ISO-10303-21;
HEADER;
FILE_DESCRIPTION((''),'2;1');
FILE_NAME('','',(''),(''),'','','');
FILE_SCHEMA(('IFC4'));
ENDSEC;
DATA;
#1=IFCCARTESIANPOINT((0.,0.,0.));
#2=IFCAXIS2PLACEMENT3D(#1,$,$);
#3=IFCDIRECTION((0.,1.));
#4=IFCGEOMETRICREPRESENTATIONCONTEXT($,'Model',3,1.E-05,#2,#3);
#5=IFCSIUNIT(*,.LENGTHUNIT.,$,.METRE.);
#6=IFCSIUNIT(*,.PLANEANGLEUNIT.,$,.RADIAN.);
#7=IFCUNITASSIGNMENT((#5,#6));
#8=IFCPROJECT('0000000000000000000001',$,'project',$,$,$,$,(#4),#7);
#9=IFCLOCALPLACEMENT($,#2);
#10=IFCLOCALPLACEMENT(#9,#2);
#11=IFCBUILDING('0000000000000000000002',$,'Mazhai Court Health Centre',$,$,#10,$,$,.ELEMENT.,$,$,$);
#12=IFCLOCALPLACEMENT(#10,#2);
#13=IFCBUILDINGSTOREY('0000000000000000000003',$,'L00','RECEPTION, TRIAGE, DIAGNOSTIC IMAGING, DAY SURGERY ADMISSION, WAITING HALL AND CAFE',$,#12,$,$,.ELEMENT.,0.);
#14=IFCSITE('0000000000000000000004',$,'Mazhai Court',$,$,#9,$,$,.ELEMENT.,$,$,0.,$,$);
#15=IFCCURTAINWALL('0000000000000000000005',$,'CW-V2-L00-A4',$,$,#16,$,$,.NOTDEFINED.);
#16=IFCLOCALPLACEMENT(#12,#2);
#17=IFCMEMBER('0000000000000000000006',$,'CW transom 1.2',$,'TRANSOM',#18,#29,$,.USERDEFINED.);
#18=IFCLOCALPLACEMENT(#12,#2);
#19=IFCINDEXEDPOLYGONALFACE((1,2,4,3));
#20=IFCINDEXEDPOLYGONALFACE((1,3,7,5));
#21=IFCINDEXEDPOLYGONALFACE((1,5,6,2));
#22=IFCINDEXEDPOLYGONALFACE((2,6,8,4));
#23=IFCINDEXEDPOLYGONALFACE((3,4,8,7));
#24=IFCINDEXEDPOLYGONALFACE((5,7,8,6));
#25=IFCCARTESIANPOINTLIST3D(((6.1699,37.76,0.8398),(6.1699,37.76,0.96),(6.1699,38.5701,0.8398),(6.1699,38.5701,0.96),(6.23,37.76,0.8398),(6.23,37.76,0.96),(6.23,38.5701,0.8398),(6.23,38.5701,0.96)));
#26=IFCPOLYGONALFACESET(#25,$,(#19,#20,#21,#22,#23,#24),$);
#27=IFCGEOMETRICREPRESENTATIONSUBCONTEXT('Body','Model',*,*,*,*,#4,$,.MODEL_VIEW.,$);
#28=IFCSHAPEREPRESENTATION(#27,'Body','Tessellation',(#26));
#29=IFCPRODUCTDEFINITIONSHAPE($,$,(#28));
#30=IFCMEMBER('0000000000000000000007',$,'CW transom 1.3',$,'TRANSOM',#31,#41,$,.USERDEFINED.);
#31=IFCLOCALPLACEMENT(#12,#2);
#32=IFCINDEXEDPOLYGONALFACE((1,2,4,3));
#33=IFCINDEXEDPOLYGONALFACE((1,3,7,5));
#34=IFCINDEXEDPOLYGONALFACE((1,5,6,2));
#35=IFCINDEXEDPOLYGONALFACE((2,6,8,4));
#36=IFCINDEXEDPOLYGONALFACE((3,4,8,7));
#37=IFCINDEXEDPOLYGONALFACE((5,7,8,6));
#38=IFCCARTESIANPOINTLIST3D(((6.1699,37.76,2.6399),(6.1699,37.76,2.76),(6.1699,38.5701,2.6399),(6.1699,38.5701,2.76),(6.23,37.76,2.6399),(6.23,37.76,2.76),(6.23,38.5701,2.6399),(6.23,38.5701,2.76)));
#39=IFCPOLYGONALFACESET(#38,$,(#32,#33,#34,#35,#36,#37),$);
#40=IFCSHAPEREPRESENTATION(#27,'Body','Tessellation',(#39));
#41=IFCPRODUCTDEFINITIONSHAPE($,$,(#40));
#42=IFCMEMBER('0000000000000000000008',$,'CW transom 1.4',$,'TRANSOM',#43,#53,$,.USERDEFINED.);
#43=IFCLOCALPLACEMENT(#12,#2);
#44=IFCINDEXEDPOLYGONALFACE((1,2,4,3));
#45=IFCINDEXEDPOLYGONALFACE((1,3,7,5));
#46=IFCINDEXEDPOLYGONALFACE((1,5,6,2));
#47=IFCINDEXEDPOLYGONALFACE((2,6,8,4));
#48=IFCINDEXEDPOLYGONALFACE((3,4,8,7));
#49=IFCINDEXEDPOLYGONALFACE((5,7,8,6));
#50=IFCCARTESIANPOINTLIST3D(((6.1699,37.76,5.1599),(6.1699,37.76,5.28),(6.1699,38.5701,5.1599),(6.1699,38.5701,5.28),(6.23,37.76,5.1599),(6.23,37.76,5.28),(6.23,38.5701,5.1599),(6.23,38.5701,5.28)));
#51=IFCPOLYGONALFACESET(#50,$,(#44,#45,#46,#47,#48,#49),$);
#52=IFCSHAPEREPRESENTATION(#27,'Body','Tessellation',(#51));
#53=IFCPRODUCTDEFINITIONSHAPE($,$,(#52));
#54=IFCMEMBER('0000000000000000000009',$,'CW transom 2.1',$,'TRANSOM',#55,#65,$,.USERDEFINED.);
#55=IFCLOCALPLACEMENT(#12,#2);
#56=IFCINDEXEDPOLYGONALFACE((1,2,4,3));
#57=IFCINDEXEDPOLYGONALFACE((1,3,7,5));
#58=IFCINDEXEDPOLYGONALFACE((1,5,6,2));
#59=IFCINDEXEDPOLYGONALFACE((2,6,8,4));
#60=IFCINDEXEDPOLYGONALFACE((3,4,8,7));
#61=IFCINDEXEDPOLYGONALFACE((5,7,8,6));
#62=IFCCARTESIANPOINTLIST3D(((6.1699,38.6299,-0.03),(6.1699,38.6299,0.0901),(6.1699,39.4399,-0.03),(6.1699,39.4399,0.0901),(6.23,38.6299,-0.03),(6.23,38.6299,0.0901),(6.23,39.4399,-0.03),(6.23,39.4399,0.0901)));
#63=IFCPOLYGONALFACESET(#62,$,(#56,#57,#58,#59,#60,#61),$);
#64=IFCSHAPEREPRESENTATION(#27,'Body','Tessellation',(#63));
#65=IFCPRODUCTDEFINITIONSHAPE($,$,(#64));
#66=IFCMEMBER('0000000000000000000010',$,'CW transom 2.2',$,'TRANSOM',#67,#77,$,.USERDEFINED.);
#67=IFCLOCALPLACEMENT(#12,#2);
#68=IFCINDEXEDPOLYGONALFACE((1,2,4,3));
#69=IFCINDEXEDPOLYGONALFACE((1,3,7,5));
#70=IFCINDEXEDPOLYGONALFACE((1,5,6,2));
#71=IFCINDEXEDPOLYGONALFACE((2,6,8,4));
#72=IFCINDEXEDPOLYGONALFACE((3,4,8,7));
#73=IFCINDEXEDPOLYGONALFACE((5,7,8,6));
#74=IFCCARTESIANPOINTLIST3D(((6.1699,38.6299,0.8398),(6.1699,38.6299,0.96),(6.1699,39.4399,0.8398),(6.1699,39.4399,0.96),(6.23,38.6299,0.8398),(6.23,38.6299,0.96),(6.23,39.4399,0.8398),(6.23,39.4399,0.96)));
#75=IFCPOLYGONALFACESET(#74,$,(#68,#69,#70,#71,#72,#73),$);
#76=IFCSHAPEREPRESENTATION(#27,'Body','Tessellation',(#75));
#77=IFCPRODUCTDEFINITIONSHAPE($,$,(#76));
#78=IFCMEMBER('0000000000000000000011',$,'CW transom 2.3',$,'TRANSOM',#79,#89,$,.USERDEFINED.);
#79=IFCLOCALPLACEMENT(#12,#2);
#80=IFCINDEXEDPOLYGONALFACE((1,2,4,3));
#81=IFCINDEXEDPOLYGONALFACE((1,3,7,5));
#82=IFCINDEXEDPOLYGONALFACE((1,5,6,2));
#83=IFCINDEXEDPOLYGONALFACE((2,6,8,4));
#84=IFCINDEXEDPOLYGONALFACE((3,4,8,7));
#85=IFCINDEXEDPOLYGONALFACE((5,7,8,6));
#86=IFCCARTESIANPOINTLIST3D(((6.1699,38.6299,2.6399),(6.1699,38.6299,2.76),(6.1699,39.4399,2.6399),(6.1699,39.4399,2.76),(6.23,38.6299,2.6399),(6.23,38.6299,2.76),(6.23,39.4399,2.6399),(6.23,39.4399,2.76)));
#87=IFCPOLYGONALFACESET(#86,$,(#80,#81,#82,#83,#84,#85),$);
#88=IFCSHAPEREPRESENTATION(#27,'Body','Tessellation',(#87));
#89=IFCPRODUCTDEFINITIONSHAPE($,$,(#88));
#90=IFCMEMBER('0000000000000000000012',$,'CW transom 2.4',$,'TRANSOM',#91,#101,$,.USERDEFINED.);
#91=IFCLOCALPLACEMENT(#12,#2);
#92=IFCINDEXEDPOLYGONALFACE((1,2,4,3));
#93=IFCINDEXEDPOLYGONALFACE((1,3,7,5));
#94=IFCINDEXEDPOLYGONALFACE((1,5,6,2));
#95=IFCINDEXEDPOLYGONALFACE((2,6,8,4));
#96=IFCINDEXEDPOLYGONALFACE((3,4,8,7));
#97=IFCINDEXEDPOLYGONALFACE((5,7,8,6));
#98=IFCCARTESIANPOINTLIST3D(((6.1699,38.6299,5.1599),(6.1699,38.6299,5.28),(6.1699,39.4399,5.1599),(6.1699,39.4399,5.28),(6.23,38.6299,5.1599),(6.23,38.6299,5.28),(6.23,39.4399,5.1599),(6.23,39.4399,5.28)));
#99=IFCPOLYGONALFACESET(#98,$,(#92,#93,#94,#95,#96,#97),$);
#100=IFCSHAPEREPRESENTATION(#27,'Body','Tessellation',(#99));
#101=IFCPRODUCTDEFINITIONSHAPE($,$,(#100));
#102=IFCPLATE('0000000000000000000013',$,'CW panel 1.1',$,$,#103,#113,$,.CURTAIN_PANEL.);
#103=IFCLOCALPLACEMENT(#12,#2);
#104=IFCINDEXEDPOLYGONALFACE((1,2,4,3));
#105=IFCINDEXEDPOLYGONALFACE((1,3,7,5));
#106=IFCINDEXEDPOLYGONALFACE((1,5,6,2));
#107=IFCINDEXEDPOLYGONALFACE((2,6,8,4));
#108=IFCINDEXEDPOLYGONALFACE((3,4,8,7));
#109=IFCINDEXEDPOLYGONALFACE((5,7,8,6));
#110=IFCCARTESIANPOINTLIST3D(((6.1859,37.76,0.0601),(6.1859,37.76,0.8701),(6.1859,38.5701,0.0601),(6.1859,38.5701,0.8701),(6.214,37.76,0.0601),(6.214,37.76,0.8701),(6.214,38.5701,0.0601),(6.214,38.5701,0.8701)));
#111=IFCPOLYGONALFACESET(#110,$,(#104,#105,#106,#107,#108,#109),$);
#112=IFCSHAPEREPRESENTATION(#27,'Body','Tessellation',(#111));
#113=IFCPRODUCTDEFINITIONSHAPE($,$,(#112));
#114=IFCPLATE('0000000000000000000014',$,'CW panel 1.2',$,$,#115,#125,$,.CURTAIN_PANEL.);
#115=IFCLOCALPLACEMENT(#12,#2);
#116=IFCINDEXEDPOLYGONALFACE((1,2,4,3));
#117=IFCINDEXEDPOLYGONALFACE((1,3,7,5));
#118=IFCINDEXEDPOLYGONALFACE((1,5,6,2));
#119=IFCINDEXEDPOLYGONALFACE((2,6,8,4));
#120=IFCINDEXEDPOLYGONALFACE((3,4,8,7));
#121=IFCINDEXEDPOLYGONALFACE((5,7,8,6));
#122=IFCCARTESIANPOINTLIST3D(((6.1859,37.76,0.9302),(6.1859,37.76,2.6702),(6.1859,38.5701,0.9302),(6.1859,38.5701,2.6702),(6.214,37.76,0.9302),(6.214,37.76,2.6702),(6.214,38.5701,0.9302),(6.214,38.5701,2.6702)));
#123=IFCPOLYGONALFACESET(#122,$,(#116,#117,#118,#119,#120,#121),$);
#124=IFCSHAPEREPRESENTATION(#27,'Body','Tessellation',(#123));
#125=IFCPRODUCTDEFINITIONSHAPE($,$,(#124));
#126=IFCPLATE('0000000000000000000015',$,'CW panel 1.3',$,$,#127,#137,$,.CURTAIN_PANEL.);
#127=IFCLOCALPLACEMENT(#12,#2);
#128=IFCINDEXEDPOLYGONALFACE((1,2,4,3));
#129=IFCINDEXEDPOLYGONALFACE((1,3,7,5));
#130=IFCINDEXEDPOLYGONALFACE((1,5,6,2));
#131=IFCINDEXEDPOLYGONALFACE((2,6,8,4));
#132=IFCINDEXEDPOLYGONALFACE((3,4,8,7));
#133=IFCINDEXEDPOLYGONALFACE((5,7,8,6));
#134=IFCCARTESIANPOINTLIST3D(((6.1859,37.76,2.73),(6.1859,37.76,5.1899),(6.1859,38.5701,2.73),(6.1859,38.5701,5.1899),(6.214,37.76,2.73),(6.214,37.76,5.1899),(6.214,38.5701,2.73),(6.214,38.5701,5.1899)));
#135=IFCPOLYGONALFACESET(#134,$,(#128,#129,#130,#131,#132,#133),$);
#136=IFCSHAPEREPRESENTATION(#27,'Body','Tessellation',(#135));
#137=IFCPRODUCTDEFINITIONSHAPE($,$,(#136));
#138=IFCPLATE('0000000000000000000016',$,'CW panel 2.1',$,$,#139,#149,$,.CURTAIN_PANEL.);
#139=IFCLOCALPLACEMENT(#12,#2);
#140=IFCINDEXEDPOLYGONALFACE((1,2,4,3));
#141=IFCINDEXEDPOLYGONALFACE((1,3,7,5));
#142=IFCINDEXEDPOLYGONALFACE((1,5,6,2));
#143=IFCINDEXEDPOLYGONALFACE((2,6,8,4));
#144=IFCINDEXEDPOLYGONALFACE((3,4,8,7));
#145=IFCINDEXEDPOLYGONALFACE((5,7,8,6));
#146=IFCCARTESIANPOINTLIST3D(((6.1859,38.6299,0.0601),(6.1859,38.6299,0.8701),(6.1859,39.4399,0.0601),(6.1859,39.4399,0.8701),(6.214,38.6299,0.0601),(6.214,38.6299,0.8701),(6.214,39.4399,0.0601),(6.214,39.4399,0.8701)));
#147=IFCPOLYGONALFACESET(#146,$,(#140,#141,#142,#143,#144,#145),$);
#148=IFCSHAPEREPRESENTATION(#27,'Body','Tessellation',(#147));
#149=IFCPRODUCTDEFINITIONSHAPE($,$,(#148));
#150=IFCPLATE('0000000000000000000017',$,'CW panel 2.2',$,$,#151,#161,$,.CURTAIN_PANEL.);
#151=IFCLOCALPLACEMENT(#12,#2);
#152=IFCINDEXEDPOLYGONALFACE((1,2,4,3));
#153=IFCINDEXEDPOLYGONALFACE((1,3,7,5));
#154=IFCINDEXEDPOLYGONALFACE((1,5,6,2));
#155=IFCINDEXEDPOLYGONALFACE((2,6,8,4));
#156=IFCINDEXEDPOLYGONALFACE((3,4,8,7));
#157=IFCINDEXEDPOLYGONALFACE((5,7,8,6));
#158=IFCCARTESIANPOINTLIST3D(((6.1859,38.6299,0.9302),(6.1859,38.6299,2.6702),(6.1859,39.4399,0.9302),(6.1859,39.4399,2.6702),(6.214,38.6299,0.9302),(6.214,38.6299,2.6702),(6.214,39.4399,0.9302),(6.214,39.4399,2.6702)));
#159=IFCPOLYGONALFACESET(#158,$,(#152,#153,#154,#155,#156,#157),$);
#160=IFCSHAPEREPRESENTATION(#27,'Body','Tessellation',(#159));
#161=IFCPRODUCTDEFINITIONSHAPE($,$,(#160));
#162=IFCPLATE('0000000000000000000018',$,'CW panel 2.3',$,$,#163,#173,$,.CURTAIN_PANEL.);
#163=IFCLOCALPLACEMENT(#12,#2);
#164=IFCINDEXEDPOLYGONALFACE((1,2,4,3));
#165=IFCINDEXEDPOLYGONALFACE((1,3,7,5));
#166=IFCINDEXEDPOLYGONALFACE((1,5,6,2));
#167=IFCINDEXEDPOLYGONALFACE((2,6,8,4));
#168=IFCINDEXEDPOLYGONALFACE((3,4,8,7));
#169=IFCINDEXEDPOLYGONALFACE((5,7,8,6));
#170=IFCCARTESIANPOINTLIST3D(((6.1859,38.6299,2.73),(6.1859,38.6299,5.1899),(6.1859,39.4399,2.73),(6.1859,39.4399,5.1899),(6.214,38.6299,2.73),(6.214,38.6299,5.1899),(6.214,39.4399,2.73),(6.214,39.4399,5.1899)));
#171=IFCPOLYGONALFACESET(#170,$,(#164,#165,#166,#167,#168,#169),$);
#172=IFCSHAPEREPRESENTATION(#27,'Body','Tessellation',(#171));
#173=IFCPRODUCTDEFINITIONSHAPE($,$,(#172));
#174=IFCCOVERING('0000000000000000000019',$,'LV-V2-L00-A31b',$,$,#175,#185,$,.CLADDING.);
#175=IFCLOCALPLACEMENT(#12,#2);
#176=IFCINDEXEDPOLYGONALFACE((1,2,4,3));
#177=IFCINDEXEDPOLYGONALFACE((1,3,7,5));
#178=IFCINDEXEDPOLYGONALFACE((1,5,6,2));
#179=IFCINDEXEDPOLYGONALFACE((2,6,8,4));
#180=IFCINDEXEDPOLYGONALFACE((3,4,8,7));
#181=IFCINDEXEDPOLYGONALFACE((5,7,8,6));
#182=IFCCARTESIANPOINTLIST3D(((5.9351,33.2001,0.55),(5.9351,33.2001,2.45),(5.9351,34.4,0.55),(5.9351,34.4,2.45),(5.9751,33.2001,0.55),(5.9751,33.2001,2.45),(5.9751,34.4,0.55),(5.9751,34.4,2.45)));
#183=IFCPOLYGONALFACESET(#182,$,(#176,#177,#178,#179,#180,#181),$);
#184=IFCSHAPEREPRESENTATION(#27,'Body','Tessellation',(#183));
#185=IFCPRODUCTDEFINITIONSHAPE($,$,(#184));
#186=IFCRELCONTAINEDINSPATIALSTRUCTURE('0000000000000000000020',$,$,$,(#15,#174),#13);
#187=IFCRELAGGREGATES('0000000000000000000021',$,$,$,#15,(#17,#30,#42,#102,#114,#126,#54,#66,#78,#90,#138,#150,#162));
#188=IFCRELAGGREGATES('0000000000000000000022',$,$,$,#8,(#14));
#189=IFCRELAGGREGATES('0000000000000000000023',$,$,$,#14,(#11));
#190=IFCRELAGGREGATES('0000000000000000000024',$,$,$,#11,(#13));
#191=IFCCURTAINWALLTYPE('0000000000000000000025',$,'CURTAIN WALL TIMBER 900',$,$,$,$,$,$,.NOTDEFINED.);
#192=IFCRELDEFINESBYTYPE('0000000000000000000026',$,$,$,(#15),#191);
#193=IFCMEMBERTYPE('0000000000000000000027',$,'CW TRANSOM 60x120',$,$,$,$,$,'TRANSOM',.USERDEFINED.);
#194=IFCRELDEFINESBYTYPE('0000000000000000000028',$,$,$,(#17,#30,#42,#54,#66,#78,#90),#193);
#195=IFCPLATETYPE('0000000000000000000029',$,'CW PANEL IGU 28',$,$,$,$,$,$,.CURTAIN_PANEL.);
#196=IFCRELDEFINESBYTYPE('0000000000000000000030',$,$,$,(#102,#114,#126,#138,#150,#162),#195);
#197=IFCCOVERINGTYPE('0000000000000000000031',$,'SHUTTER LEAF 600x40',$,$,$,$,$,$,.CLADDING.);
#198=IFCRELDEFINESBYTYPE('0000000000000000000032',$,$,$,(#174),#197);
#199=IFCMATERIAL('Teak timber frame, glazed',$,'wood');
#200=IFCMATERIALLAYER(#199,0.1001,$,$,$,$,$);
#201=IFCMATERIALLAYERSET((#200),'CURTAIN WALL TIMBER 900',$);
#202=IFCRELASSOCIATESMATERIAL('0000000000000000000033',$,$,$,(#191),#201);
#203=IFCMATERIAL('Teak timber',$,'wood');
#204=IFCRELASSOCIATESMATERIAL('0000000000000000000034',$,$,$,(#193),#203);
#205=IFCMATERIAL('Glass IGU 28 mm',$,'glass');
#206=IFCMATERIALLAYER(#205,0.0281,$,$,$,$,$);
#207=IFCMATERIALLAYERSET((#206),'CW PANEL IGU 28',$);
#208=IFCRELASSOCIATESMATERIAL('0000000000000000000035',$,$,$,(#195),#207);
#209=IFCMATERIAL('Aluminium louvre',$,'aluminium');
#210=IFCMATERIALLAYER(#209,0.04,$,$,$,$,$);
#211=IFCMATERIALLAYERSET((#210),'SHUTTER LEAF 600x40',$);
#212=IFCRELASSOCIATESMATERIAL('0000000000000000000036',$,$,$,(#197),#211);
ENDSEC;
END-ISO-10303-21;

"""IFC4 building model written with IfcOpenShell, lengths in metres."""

from ifc_helpers import new_model, si_unit, direction, frame, origin, origin_2d, place, context, subcontext, project, spatial, rectangle, extrude, material, layer, layer_set, material_profile, profile_set, type_object, element, aggregate, save


model = new_model("IFC4")

# Units and contexts
model_context = context("Model", 3, precision=1e-05, world=origin(), true_north=direction((0.0, 1.0)))
body_context = subcontext(model_context, "Body", "Model", "MODEL_VIEW")
ifc_project = project(units=[si_unit("LENGTHUNIT", "METRE"), si_unit("PLANEANGLEUNIT", "RADIAN")], contexts=[model_context])

# Site, building, storey
site_placement = place(None, origin())
site = spatial("IfcSite", under=ifc_project, at=site_placement, Name="Mazhai Court", CompositionType="ELEMENT", RefElevation=0.0)
building_placement = place(site_placement, origin())
building = spatial("IfcBuilding", under=site, at=building_placement, Name="Mazhai Court Health Centre", CompositionType="ELEMENT")
storey_placement = place(building_placement, origin())
storey = spatial("IfcBuildingStorey", under=building, at=storey_placement, Name="L00", Description="RECEPTION, TRIAGE, DIAGNOSTIC IMAGING, DAY SURGERY ADMISSION, WAITING HALL AND CAFE", CompositionType="ELEMENT", Elevation=0.0)

# Curtain wall, members, plates
ifc_material_1 = material(Name="Teak timber frame, glazed", Category="wood")
ifc_layer_1 = layer(ifc_material_1, 0.1001)
ifc_layer_set_1 = layer_set([ifc_layer_1], Name="CURTAIN WALL TIMBER 900")
curtain_wall_type = type_object("IfcCurtainWallType", Name="CURTAIN WALL TIMBER 900", PredefinedType="NOTDEFINED", material=ifc_layer_set_1)
curtain_wall_placement = place(storey_placement, origin())
curtain_wall = element("IfcCurtainWall", 1, at=curtain_wall_placement, inside=storey, type_object=curtain_wall_type, Name="CW-V2-L00-A4", PredefinedType="NOTDEFINED")
ifc_material_2 = material(Name="Teak timber", Category="wood")
ifc_material_profile = material_profile(ifc_material_2, rectangle(XDim=0.0601, YDim=0.1201, at=origin_2d()), Name="CW TRANSOM 60x120")
ifc_profile_set = profile_set([ifc_material_profile], Name="Teak timber")
member_type = type_object("IfcMemberType", Name="CW TRANSOM 60x120", ElementType="TRANSOM", PredefinedType="USERDEFINED", material=ifc_profile_set)
member_1_placement = place(storey_placement, frame((6.2, 37.76, 0.8999), z_axis=(0.0, 1.0, 0.0), x_axis=(-1.0, 0.0, 0.0)))
member_1 = element("IfcMember", 2, at=member_1_placement, type_object=member_type, Name="CW transom 1.2", ObjectType="TRANSOM", PredefinedType="USERDEFINED", context=body_context, shape_type="SweptSolid", body=[
    extrude(rectangle(XDim=0.0601, YDim=0.1201, at=origin_2d()), origin(), (0.0, 0.0, 1.0), 0.8101),
])
member_2_placement = place(storey_placement, frame((6.2, 37.76, 2.7), z_axis=(0.0, 1.0, 0.0), x_axis=(-1.0, 0.0, 0.0)))
member_2 = element("IfcMember", 3, at=member_2_placement, type_object=member_type, Name="CW transom 1.3", ObjectType="TRANSOM", PredefinedType="USERDEFINED", context=body_context, shape_type="SweptSolid", body=[
    extrude(rectangle(XDim=0.0601, YDim=0.1201, at=origin_2d()), origin(), (0.0, 0.0, 1.0), 0.8101),
])
member_3_placement = place(storey_placement, frame((6.2, 37.76, 5.22), z_axis=(0.0, 1.0, 0.0), x_axis=(-1.0, 0.0, 0.0)))
member_3 = element("IfcMember", 4, at=member_3_placement, type_object=member_type, Name="CW transom 1.4", ObjectType="TRANSOM", PredefinedType="USERDEFINED", context=body_context, shape_type="SweptSolid", body=[
    extrude(rectangle(XDim=0.0601, YDim=0.1201, at=origin_2d()), origin(), (0.0, 0.0, 1.0), 0.8101),
])
member_4_placement = place(storey_placement, frame((6.2, 38.6299, 0.03), z_axis=(0.0, 1.0, 0.0), x_axis=(-1.0, 0.0, 0.0)))
member_4 = element("IfcMember", 5, at=member_4_placement, type_object=member_type, Name="CW transom 2.1", ObjectType="TRANSOM", PredefinedType="USERDEFINED", context=body_context, shape_type="SweptSolid", body=[
    extrude(rectangle(XDim=0.0601, YDim=0.1201, at=origin_2d()), origin(), (0.0, 0.0, 1.0), 0.8101),
])
member_5_placement = place(storey_placement, frame((6.2, 38.6299, 0.8999), z_axis=(0.0, 1.0, 0.0), x_axis=(-1.0, 0.0, 0.0)))
member_5 = element("IfcMember", 6, at=member_5_placement, type_object=member_type, Name="CW transom 2.2", ObjectType="TRANSOM", PredefinedType="USERDEFINED", context=body_context, shape_type="SweptSolid", body=[
    extrude(rectangle(XDim=0.0601, YDim=0.1201, at=origin_2d()), origin(), (0.0, 0.0, 1.0), 0.8101),
])
member_6_placement = place(storey_placement, frame((6.2, 38.6299, 2.7), z_axis=(0.0, 1.0, 0.0), x_axis=(-1.0, 0.0, 0.0)))
member_6 = element("IfcMember", 7, at=member_6_placement, type_object=member_type, Name="CW transom 2.3", ObjectType="TRANSOM", PredefinedType="USERDEFINED", context=body_context, shape_type="SweptSolid", body=[
    extrude(rectangle(XDim=0.0601, YDim=0.1201, at=origin_2d()), origin(), (0.0, 0.0, 1.0), 0.8101),
])
member_7_placement = place(storey_placement, frame((6.2, 38.6299, 5.22), z_axis=(0.0, 1.0, 0.0), x_axis=(-1.0, 0.0, 0.0)))
member_7 = element("IfcMember", 8, at=member_7_placement, type_object=member_type, Name="CW transom 2.4", ObjectType="TRANSOM", PredefinedType="USERDEFINED", context=body_context, shape_type="SweptSolid", body=[
    extrude(rectangle(XDim=0.0601, YDim=0.1201, at=origin_2d()), origin(), (0.0, 0.0, 1.0), 0.8101),
])
ifc_material_3 = material(Name="Glass IGU 28 mm", Category="glass")
ifc_layer_2 = layer(ifc_material_3, 0.0281)
ifc_layer_set_2 = layer_set([ifc_layer_2], Name="CW PANEL IGU 28")
plate_type = type_object("IfcPlateType", Name="CW PANEL IGU 28", PredefinedType="CURTAIN_PANEL", material=ifc_layer_set_2)
plate_1_placement = place(storey_placement, frame((6.2, 38.165, 0.0601), z_axis=(0.0, 0.0, 1.0), x_axis=(0.0, 1.0, 0.0)))
plate_1 = element("IfcPlate", 9, at=plate_1_placement, type_object=plate_type, Name="CW panel 1.1", PredefinedType="CURTAIN_PANEL", context=body_context, shape_type="SweptSolid", body=[
    extrude(rectangle(XDim=0.8101, YDim=0.0281, at=origin_2d()), origin(), (0.0, 0.0, 1.0), 0.8101),
])
plate_2_placement = place(storey_placement, frame((6.2, 38.165, 0.9302), z_axis=(0.0, 0.0, 1.0), x_axis=(0.0, 1.0, 0.0)))
plate_2 = element("IfcPlate", 10, at=plate_2_placement, type_object=plate_type, Name="CW panel 1.2", PredefinedType="CURTAIN_PANEL", context=body_context, shape_type="SweptSolid", body=[
    extrude(rectangle(XDim=0.8101, YDim=0.0281, at=origin_2d()), origin(), (0.0, 0.0, 1.0), 1.74),
])
plate_3_placement = place(storey_placement, frame((6.2, 38.165, 2.73), z_axis=(0.0, 0.0, 1.0), x_axis=(0.0, 1.0, 0.0)))
plate_3 = element("IfcPlate", 11, at=plate_3_placement, type_object=plate_type, Name="CW panel 1.3", PredefinedType="CURTAIN_PANEL", context=body_context, shape_type="SweptSolid", body=[
    extrude(rectangle(XDim=0.8101, YDim=0.0281, at=origin_2d()), origin(), (0.0, 0.0, 1.0), 2.46),
])
plate_4_placement = place(storey_placement, frame((6.2, 39.0349, 0.0601), z_axis=(0.0, 0.0, 1.0), x_axis=(0.0, 1.0, 0.0)))
plate_4 = element("IfcPlate", 12, at=plate_4_placement, type_object=plate_type, Name="CW panel 2.1", PredefinedType="CURTAIN_PANEL", context=body_context, shape_type="SweptSolid", body=[
    extrude(rectangle(XDim=0.8101, YDim=0.0281, at=origin_2d()), origin(), (0.0, 0.0, 1.0), 0.8101),
])
plate_5_placement = place(storey_placement, frame((6.2, 39.0349, 0.9302), z_axis=(0.0, 0.0, 1.0), x_axis=(0.0, 1.0, 0.0)))
plate_5 = element("IfcPlate", 13, at=plate_5_placement, type_object=plate_type, Name="CW panel 2.2", PredefinedType="CURTAIN_PANEL", context=body_context, shape_type="SweptSolid", body=[
    extrude(rectangle(XDim=0.8101, YDim=0.0281, at=origin_2d()), origin(), (0.0, 0.0, 1.0), 1.74),
])
plate_6_placement = place(storey_placement, frame((6.2, 39.0349, 2.73), z_axis=(0.0, 0.0, 1.0), x_axis=(0.0, 1.0, 0.0)))
plate_6 = element("IfcPlate", 14, at=plate_6_placement, type_object=plate_type, Name="CW panel 2.3", PredefinedType="CURTAIN_PANEL", context=body_context, shape_type="SweptSolid", body=[
    extrude(rectangle(XDim=0.8101, YDim=0.0281, at=origin_2d()), origin(), (0.0, 0.0, 1.0), 2.46),
])
aggregate(curtain_wall, [member_1, member_2, member_3, plate_1, plate_2, plate_3, member_4, member_5, member_6, member_7, plate_4, plate_5, plate_6])

# Covering
ifc_material_4 = material(Name="Aluminium louvre", Category="aluminium")
ifc_layer_3 = layer(ifc_material_4, 0.04)
ifc_layer_set_3 = layer_set([ifc_layer_3], Name="SHUTTER LEAF 600x40")
covering_type = type_object("IfcCoveringType", Name="SHUTTER LEAF 600x40", PredefinedType="CLADDING", material=ifc_layer_set_3)
covering_placement = place(storey_placement, frame((5.9551, 33.8, 0.55), z_axis=(0.0, 0.0, 1.0), x_axis=(0.0, 1.0, 0.0)))
element("IfcCovering", 15, at=covering_placement, inside=storey, type_object=covering_type, Name="LV-V2-L00-A31b", PredefinedType="CLADDING", context=body_context, shape_type="SweptSolid", body=[
    extrude(rectangle(XDim=1.2, YDim=0.04, at=origin_2d()), origin(), (0.0, 0.0, 1.0), 1.8999),
])

save(model, "model.ifc")
